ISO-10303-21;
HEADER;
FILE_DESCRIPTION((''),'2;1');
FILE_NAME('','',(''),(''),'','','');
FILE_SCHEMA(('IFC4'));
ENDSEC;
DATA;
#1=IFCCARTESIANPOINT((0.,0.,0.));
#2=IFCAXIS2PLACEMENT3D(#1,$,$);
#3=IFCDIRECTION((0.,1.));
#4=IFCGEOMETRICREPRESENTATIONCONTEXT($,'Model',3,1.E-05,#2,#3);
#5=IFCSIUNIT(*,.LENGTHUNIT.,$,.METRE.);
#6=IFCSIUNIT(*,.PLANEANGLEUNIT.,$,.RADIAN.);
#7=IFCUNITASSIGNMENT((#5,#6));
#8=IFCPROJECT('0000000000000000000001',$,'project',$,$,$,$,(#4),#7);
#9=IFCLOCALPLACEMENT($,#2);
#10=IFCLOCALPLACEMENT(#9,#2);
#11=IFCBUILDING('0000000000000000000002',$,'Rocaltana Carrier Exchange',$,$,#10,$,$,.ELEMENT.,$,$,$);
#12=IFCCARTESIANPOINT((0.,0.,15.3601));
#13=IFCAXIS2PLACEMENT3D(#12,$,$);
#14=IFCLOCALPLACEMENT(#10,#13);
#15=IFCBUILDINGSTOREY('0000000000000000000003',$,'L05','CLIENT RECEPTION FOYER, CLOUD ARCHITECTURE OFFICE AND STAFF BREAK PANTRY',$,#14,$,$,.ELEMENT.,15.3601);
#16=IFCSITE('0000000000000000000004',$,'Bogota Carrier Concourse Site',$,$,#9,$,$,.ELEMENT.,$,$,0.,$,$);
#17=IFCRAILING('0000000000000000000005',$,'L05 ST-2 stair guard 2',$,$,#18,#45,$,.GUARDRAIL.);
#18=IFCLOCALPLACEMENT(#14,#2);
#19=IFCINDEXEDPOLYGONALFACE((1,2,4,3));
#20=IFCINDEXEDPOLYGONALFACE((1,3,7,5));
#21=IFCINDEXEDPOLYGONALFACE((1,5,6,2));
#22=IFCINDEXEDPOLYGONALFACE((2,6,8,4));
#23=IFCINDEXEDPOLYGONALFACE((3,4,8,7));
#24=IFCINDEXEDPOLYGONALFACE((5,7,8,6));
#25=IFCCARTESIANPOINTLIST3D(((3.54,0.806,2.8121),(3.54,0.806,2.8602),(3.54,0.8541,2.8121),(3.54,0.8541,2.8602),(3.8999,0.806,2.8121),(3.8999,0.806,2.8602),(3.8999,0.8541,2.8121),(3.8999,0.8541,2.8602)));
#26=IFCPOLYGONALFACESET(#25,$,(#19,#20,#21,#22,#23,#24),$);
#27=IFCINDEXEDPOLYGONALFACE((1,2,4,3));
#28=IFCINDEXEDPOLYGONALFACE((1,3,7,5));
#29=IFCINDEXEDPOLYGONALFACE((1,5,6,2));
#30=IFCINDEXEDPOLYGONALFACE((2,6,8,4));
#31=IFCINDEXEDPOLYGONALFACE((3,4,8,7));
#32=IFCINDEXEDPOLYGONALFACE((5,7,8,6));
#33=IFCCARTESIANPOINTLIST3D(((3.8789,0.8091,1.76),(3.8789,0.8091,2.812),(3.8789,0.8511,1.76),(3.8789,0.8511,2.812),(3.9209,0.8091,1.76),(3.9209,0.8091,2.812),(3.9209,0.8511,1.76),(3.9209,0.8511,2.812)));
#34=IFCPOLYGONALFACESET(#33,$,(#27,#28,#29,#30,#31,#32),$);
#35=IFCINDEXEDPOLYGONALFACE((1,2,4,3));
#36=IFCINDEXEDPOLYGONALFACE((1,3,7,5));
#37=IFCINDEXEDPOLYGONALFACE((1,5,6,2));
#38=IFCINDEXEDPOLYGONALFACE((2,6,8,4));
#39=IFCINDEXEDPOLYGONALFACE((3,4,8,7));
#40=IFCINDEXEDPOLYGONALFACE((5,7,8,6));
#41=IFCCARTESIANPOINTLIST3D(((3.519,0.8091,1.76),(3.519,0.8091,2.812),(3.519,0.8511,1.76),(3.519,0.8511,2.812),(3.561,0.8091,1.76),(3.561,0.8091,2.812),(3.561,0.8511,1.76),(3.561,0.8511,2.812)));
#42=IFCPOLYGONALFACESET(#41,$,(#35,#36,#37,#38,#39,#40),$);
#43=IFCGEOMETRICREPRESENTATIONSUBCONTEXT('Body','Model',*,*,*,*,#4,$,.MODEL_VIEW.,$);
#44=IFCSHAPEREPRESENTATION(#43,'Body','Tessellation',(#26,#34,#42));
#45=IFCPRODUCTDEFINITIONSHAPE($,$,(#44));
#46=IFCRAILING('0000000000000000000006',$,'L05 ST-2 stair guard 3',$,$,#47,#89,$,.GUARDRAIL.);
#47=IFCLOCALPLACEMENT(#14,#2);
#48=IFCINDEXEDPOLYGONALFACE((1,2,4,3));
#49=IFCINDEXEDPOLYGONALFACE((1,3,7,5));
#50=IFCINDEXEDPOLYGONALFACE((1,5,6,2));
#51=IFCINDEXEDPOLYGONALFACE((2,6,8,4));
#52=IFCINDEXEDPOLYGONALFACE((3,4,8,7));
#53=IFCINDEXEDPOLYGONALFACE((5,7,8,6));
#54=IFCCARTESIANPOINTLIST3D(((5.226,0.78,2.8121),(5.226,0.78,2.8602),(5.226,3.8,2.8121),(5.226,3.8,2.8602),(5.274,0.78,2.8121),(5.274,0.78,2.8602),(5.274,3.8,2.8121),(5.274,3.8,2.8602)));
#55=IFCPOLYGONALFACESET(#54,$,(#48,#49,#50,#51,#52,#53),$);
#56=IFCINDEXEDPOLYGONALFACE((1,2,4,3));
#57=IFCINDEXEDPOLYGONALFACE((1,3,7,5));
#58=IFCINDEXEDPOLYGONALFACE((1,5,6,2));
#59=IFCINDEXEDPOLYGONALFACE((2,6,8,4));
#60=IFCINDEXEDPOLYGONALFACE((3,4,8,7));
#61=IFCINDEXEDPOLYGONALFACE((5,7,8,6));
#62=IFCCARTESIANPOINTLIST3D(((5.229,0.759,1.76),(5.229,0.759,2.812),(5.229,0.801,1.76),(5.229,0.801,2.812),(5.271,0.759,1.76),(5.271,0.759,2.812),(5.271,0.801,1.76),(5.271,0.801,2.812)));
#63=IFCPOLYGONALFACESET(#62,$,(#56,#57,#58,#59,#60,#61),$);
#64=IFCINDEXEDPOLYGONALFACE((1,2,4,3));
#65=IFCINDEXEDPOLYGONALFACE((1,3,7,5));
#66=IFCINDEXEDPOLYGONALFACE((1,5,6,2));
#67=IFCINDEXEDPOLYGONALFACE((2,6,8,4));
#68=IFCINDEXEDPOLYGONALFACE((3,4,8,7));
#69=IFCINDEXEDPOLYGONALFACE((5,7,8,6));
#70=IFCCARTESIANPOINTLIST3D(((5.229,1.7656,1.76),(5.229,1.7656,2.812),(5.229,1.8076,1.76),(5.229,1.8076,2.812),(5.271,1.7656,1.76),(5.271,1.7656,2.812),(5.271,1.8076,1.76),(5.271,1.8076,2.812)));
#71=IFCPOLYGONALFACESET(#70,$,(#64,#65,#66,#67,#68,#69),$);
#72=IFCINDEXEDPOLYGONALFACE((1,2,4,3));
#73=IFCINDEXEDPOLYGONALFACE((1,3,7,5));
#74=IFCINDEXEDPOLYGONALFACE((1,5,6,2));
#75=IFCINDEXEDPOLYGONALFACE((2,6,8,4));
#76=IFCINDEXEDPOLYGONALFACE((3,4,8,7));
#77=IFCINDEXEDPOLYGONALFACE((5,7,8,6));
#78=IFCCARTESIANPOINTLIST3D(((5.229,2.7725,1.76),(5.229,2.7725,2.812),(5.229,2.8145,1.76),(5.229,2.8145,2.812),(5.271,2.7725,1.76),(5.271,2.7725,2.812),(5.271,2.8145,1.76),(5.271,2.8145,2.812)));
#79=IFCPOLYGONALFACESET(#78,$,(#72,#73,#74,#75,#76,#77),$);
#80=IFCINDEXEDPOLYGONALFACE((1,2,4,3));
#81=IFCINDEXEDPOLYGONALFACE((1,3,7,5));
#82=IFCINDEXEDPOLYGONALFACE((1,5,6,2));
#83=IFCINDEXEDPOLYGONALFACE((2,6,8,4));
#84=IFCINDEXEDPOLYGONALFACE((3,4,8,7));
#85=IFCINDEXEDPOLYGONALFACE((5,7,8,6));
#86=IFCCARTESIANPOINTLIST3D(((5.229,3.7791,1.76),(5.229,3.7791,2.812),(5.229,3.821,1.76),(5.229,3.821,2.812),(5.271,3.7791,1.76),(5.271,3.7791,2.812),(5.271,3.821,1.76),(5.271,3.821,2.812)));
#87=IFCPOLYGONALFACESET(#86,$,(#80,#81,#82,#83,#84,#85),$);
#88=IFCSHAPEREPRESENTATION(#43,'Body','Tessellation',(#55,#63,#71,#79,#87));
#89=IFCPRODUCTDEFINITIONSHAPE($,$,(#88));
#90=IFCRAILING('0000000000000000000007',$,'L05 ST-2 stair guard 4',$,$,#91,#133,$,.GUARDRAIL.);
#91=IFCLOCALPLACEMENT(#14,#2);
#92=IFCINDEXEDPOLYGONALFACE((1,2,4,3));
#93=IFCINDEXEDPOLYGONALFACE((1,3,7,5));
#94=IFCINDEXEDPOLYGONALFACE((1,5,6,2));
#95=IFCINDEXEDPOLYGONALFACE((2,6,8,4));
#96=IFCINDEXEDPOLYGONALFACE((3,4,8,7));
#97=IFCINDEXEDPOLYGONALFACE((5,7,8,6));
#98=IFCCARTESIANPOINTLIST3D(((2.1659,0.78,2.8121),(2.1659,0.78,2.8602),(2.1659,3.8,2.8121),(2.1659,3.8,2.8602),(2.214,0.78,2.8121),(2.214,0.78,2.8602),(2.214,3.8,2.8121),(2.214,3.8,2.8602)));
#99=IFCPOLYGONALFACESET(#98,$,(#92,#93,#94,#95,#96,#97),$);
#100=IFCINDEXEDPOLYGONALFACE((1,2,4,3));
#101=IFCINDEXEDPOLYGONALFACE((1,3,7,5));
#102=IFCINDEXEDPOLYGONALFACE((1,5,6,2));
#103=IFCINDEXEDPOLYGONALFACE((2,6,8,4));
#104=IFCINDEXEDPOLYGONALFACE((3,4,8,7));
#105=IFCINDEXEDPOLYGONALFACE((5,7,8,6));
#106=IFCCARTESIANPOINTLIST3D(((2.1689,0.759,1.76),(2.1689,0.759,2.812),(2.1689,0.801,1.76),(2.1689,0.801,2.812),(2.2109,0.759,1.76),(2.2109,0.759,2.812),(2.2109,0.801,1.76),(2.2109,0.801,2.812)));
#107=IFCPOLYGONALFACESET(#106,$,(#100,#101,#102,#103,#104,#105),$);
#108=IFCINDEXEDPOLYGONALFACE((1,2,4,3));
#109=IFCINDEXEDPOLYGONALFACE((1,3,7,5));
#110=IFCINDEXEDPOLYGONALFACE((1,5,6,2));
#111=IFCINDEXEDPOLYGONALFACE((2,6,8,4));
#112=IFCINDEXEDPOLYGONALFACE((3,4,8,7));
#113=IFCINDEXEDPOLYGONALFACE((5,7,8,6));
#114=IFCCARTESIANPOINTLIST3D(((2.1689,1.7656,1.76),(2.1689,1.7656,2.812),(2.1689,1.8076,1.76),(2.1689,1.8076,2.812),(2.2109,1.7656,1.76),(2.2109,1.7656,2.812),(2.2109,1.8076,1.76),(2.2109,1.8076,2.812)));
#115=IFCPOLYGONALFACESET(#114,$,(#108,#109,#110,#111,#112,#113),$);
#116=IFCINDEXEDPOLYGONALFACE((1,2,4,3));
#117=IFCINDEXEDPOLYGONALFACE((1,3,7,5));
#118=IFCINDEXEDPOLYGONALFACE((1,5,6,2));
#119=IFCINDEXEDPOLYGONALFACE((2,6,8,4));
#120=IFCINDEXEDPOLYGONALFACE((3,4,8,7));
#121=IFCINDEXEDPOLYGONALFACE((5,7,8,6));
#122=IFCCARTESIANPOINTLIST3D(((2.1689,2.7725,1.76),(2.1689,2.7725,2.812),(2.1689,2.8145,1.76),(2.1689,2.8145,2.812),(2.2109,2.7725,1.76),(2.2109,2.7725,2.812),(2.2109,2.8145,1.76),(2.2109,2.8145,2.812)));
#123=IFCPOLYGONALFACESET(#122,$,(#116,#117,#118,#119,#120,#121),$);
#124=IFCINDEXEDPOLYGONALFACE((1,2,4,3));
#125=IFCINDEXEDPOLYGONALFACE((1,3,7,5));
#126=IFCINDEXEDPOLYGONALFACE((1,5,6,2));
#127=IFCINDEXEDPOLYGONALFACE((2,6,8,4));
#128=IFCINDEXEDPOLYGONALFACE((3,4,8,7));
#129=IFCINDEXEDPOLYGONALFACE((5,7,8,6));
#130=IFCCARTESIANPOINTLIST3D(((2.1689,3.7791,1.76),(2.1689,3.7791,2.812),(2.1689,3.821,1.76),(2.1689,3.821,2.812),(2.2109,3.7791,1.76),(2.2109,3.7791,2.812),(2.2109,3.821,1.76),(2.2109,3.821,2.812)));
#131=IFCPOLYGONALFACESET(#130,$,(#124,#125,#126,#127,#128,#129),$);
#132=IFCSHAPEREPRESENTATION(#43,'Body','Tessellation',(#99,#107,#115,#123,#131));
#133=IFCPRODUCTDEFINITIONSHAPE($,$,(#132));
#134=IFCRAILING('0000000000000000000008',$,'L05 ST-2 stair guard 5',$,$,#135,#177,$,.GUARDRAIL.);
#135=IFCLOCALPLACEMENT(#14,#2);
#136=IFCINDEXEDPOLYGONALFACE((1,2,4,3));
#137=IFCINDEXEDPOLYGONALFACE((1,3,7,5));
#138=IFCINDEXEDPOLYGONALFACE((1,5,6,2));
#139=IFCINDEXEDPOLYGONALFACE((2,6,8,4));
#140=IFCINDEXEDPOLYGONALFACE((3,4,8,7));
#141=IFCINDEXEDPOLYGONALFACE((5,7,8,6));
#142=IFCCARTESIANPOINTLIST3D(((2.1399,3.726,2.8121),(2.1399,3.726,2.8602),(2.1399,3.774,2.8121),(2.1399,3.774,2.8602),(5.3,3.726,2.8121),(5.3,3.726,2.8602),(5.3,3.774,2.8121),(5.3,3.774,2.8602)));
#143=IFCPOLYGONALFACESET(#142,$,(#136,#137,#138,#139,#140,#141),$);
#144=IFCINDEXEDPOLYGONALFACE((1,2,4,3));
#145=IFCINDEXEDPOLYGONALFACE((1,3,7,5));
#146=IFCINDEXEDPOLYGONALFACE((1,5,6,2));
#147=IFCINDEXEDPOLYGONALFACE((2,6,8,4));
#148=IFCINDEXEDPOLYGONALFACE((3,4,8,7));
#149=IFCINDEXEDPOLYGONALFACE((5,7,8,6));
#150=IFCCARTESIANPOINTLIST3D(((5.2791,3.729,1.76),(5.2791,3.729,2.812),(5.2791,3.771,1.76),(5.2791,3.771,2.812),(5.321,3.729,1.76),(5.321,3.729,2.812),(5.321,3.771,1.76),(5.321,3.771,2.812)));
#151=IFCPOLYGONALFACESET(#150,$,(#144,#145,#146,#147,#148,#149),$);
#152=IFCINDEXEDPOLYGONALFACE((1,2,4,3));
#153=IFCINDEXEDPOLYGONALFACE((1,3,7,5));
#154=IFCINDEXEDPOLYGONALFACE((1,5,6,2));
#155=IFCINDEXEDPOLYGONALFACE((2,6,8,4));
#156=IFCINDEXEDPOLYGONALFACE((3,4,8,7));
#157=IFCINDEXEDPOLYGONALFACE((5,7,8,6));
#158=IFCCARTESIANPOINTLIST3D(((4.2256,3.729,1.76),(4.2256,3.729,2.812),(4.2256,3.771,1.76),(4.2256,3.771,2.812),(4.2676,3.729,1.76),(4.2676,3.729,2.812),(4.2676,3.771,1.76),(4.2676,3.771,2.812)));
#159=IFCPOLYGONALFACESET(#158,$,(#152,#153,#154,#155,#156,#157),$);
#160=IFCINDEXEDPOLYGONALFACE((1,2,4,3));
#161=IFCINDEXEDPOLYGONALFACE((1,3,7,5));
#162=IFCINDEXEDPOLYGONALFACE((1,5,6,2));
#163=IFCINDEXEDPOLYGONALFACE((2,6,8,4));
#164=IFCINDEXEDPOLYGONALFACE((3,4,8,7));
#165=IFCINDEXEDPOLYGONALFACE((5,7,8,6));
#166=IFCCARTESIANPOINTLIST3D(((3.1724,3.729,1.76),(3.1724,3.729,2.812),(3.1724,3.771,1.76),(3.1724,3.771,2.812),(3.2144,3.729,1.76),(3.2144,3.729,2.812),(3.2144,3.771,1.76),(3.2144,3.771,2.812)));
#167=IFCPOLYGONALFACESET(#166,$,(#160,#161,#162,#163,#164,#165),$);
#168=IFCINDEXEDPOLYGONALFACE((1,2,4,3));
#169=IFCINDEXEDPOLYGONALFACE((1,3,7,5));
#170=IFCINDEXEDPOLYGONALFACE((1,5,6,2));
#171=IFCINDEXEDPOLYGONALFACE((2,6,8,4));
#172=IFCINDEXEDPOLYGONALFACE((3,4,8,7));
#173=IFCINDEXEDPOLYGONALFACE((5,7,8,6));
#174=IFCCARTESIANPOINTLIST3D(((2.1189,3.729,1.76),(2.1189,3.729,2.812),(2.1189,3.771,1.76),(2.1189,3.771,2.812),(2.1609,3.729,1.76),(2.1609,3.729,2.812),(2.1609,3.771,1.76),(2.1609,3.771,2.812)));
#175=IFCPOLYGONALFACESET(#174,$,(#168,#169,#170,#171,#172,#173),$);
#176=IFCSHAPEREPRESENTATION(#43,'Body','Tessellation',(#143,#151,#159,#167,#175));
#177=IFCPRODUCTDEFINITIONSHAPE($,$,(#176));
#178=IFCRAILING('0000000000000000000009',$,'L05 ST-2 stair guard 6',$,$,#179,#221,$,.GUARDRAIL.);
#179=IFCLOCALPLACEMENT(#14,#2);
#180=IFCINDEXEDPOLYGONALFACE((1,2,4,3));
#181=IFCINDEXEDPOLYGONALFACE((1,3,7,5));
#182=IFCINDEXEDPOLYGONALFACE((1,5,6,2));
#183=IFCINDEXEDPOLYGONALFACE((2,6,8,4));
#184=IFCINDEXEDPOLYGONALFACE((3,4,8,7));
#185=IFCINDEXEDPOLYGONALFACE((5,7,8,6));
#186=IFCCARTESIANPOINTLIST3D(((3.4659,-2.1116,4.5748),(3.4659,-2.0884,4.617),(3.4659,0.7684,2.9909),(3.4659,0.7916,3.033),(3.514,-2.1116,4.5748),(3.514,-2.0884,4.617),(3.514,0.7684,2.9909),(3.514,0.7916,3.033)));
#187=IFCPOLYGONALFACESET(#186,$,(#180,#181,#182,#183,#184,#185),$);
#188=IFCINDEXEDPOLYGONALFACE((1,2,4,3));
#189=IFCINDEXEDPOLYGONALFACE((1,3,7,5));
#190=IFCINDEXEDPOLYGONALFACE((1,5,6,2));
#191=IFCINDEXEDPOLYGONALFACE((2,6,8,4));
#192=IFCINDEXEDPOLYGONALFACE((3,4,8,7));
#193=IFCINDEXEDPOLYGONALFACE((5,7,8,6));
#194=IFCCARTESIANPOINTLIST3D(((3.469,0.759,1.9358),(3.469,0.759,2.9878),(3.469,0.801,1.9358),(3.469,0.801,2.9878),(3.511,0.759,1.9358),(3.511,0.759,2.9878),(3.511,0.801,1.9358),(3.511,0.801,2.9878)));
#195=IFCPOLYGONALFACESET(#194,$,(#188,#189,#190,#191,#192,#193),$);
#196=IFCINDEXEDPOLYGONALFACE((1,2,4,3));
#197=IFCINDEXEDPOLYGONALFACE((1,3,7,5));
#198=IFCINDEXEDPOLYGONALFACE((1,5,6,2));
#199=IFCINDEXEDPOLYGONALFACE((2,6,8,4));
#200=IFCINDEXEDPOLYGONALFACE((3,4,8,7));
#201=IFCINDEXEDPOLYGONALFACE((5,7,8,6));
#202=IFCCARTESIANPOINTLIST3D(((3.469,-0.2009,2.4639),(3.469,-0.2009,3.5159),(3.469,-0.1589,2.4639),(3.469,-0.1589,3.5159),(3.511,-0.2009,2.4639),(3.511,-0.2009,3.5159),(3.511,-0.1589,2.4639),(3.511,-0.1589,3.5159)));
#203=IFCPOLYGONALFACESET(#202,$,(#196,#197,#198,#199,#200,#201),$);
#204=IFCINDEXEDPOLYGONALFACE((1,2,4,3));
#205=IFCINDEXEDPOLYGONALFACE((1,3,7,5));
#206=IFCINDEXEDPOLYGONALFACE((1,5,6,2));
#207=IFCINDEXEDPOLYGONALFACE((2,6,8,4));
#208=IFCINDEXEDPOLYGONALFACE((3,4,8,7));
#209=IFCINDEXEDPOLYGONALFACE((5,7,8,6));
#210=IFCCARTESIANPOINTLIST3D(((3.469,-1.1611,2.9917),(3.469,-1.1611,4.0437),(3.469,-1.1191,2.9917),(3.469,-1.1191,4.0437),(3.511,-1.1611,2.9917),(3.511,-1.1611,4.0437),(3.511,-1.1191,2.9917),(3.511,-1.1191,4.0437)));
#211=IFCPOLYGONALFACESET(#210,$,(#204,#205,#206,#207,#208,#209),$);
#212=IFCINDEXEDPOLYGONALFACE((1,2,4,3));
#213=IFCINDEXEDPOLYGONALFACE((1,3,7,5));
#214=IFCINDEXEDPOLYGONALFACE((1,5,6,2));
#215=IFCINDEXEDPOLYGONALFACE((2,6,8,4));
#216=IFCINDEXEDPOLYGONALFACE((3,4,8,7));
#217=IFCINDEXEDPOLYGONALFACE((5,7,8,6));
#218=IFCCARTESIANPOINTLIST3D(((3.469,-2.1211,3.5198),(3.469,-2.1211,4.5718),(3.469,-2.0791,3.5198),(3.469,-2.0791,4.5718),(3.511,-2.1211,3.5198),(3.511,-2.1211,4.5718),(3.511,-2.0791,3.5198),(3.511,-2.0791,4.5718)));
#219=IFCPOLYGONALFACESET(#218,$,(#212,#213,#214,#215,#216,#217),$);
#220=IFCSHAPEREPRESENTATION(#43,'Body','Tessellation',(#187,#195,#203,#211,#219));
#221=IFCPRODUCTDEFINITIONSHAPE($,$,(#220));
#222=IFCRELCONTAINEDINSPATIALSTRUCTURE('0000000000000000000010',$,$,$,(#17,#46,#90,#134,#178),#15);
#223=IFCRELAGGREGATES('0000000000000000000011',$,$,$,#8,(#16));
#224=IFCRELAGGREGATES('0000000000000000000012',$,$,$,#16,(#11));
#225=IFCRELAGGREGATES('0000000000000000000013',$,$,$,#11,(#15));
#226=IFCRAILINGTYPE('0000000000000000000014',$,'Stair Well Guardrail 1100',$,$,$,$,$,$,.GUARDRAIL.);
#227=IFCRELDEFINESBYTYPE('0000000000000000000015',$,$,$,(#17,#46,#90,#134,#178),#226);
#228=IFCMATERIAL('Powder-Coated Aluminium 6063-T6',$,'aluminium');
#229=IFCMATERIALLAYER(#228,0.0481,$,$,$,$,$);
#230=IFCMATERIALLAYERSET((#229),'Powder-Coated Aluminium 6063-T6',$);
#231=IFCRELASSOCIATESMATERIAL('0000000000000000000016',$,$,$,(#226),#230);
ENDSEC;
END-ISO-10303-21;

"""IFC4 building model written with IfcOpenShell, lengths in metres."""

from ifc_helpers import new_model, si_unit, direction, frame, origin, origin_2d, place, context, subcontext, project, spatial, rectangle, extrude, material, layer, layer_set, type_object, element, save


model = new_model("IFC4")

# Units and contexts
model_context = context("Model", 3, precision=1e-05, world=origin(), true_north=direction((0.0, 1.0)))
body_context = subcontext(model_context, "Body", "Model", "MODEL_VIEW")
ifc_project = project(units=[si_unit("LENGTHUNIT", "METRE"), si_unit("PLANEANGLEUNIT", "RADIAN")], contexts=[model_context])

# Site, building, storey
site_placement = place(None, origin())
site = spatial("IfcSite", under=ifc_project, at=site_placement, Name="Bogota Carrier Concourse Site", CompositionType="ELEMENT", RefElevation=0.0)
building_placement = place(site_placement, origin())
building = spatial("IfcBuilding", under=site, at=building_placement, Name="Rocaltana Carrier Exchange", CompositionType="ELEMENT")
storey_placement = place(building_placement, frame((0.0, 0.0, 15.3601)))
storey = spatial("IfcBuildingStorey", under=building, at=storey_placement, Name="L05", Description="CLIENT RECEPTION FOYER, CLOUD ARCHITECTURE OFFICE AND STAFF BREAK PANTRY", CompositionType="ELEMENT", Elevation=15.3601)

# Railings
ifc_material_1 = material(Name="Powder-Coated Aluminium 6063-T6", Category="aluminium")
ifc_layer_1 = layer(ifc_material_1, 0.0481)
ifc_layer_set_1 = layer_set([ifc_layer_1], Name="Powder-Coated Aluminium 6063-T6")
railing_type_1 = type_object("IfcRailingType", Name="Stair Well Guardrail 1100", PredefinedType="GUARDRAIL", material=ifc_layer_set_1)
railing_1_placement = place(storey_placement, frame((3.8999, 0.8301, 1.76)))
element("IfcRailing", 1, at=railing_1_placement, inside=storey, type_object=railing_type_1, Name="L05 ST-2 stair guard 2", PredefinedType="GUARDRAIL", context=body_context, shape_type="SweptSolid", body=[
    extrude(rectangle(XDim=0.0481, YDim=0.0481, at=origin_2d()), frame((0.0, 0.0, 1.0762), z_axis=(-1.0, 0.0, 0.0), x_axis=(0.0, -1.0, 0.0)), (0.0, 0.0, 1.0), 0.3599),
    extrude(rectangle(XDim=0.042, YDim=0.042, at=origin_2d()), origin(), (0.0, 0.0, 1.0), 1.052),
    extrude(rectangle(XDim=0.042, YDim=0.042, at=origin_2d()), frame((-0.3599, 0.0, 0.0)), (0.0, 0.0, 1.0), 1.052),
])
for number, where, name in (
    (2, (5.25, 0.78, 1.76), "L05 ST-2 stair guard 3"),
    (3, (2.1899, 0.78, 1.76), "L05 ST-2 stair guard 4"),
):
    element("IfcRailing", number, at=place(storey_placement, frame(where)), inside=storey, type_object=railing_type_1, Name=name, PredefinedType="GUARDRAIL", context=body_context, shape_type="SweptSolid", body=[
        extrude(rectangle(XDim=0.0481, YDim=0.0481, at=origin_2d()), frame((0.0, 0.0, 1.0762), z_axis=(0.0, 1.0, 0.0), x_axis=(-1.0, 0.0, 0.0)), (0.0, 0.0, 1.0), 3.02),
        extrude(rectangle(XDim=0.042, YDim=0.042, at=origin_2d()), origin(), (0.0, 0.0, 1.0), 1.052),
        extrude(rectangle(XDim=0.042, YDim=0.042, at=origin_2d()), frame((0.0, 1.0066, 0.0)), (0.0, 0.0, 1.0), 1.052),
        extrude(rectangle(XDim=0.042, YDim=0.042, at=origin_2d()), frame((0.0, 2.0134, 0.0)), (0.0, 0.0, 1.0), 1.052),
        extrude(rectangle(XDim=0.042, YDim=0.042, at=origin_2d()), frame((0.0, 3.02, 0.0)), (0.0, 0.0, 1.0), 1.052),
    ])
railing_2_placement = place(storey_placement, frame((5.3, 3.75, 1.76)))
element("IfcRailing", 4, at=railing_2_placement, inside=storey, type_object=railing_type_1, Name="L05 ST-2 stair guard 5", PredefinedType="GUARDRAIL", context=body_context, shape_type="SweptSolid", body=[
    extrude(rectangle(XDim=0.0481, YDim=0.0481, at=origin_2d()), frame((0.0, 0.0, 1.0762), z_axis=(-1.0, 0.0, 0.0), x_axis=(0.0, -1.0, 0.0)), (0.0, 0.0, 1.0), 3.1602),
    extrude(rectangle(XDim=0.042, YDim=0.042, at=origin_2d()), origin(), (0.0, 0.0, 1.0), 1.052),
    extrude(rectangle(XDim=0.042, YDim=0.042, at=origin_2d()), frame((-1.0535, 0.0, 0.0)), (0.0, 0.0, 1.0), 1.052),
    extrude(rectangle(XDim=0.042, YDim=0.042, at=origin_2d()), frame((-2.1067, 0.0, 0.0)), (0.0, 0.0, 1.0), 1.052),
    extrude(rectangle(XDim=0.042, YDim=0.042, at=origin_2d()), frame((-3.1602, 0.0, 0.0)), (0.0, 0.0, 1.0), 1.052),
])
railing_3_placement = place(storey_placement, frame((3.49, 0.78, 1.9358)))
element("IfcRailing", 5, at=railing_3_placement, inside=storey, type_object=railing_type_1, Name="L05 ST-2 stair guard 6", PredefinedType="GUARDRAIL", context=body_context, shape_type="SweptSolid", body=[
    extrude(rectangle(XDim=0.0481, YDim=0.0481, at=origin_2d()), frame((0.0, 0.0, 1.0762), z_axis=(0.0, -0.876227, 0.481899), x_axis=(1.0, 0.0, 0.0)), (0.0, 0.0, 1.0), 3.2869),
    extrude(rectangle(XDim=0.042, YDim=0.042, at=origin_2d()), origin(), (0.0, 0.0, 1.0), 1.052),
    extrude(rectangle(XDim=0.042, YDim=0.042, at=origin_2d()), frame((0.0, -0.96, 0.5281)), (0.0, 0.0, 1.0), 1.052),
    extrude(rectangle(XDim=0.042, YDim=0.042, at=origin_2d()), frame((0.0, -1.9202, 1.0559)), (0.0, 0.0, 1.0), 1.052),
    extrude(rectangle(XDim=0.042, YDim=0.042, at=origin_2d()), frame((0.0, -2.8801, 1.584)), (0.0, 0.0, 1.0), 1.052),
])

save(model, "model.ifc")
